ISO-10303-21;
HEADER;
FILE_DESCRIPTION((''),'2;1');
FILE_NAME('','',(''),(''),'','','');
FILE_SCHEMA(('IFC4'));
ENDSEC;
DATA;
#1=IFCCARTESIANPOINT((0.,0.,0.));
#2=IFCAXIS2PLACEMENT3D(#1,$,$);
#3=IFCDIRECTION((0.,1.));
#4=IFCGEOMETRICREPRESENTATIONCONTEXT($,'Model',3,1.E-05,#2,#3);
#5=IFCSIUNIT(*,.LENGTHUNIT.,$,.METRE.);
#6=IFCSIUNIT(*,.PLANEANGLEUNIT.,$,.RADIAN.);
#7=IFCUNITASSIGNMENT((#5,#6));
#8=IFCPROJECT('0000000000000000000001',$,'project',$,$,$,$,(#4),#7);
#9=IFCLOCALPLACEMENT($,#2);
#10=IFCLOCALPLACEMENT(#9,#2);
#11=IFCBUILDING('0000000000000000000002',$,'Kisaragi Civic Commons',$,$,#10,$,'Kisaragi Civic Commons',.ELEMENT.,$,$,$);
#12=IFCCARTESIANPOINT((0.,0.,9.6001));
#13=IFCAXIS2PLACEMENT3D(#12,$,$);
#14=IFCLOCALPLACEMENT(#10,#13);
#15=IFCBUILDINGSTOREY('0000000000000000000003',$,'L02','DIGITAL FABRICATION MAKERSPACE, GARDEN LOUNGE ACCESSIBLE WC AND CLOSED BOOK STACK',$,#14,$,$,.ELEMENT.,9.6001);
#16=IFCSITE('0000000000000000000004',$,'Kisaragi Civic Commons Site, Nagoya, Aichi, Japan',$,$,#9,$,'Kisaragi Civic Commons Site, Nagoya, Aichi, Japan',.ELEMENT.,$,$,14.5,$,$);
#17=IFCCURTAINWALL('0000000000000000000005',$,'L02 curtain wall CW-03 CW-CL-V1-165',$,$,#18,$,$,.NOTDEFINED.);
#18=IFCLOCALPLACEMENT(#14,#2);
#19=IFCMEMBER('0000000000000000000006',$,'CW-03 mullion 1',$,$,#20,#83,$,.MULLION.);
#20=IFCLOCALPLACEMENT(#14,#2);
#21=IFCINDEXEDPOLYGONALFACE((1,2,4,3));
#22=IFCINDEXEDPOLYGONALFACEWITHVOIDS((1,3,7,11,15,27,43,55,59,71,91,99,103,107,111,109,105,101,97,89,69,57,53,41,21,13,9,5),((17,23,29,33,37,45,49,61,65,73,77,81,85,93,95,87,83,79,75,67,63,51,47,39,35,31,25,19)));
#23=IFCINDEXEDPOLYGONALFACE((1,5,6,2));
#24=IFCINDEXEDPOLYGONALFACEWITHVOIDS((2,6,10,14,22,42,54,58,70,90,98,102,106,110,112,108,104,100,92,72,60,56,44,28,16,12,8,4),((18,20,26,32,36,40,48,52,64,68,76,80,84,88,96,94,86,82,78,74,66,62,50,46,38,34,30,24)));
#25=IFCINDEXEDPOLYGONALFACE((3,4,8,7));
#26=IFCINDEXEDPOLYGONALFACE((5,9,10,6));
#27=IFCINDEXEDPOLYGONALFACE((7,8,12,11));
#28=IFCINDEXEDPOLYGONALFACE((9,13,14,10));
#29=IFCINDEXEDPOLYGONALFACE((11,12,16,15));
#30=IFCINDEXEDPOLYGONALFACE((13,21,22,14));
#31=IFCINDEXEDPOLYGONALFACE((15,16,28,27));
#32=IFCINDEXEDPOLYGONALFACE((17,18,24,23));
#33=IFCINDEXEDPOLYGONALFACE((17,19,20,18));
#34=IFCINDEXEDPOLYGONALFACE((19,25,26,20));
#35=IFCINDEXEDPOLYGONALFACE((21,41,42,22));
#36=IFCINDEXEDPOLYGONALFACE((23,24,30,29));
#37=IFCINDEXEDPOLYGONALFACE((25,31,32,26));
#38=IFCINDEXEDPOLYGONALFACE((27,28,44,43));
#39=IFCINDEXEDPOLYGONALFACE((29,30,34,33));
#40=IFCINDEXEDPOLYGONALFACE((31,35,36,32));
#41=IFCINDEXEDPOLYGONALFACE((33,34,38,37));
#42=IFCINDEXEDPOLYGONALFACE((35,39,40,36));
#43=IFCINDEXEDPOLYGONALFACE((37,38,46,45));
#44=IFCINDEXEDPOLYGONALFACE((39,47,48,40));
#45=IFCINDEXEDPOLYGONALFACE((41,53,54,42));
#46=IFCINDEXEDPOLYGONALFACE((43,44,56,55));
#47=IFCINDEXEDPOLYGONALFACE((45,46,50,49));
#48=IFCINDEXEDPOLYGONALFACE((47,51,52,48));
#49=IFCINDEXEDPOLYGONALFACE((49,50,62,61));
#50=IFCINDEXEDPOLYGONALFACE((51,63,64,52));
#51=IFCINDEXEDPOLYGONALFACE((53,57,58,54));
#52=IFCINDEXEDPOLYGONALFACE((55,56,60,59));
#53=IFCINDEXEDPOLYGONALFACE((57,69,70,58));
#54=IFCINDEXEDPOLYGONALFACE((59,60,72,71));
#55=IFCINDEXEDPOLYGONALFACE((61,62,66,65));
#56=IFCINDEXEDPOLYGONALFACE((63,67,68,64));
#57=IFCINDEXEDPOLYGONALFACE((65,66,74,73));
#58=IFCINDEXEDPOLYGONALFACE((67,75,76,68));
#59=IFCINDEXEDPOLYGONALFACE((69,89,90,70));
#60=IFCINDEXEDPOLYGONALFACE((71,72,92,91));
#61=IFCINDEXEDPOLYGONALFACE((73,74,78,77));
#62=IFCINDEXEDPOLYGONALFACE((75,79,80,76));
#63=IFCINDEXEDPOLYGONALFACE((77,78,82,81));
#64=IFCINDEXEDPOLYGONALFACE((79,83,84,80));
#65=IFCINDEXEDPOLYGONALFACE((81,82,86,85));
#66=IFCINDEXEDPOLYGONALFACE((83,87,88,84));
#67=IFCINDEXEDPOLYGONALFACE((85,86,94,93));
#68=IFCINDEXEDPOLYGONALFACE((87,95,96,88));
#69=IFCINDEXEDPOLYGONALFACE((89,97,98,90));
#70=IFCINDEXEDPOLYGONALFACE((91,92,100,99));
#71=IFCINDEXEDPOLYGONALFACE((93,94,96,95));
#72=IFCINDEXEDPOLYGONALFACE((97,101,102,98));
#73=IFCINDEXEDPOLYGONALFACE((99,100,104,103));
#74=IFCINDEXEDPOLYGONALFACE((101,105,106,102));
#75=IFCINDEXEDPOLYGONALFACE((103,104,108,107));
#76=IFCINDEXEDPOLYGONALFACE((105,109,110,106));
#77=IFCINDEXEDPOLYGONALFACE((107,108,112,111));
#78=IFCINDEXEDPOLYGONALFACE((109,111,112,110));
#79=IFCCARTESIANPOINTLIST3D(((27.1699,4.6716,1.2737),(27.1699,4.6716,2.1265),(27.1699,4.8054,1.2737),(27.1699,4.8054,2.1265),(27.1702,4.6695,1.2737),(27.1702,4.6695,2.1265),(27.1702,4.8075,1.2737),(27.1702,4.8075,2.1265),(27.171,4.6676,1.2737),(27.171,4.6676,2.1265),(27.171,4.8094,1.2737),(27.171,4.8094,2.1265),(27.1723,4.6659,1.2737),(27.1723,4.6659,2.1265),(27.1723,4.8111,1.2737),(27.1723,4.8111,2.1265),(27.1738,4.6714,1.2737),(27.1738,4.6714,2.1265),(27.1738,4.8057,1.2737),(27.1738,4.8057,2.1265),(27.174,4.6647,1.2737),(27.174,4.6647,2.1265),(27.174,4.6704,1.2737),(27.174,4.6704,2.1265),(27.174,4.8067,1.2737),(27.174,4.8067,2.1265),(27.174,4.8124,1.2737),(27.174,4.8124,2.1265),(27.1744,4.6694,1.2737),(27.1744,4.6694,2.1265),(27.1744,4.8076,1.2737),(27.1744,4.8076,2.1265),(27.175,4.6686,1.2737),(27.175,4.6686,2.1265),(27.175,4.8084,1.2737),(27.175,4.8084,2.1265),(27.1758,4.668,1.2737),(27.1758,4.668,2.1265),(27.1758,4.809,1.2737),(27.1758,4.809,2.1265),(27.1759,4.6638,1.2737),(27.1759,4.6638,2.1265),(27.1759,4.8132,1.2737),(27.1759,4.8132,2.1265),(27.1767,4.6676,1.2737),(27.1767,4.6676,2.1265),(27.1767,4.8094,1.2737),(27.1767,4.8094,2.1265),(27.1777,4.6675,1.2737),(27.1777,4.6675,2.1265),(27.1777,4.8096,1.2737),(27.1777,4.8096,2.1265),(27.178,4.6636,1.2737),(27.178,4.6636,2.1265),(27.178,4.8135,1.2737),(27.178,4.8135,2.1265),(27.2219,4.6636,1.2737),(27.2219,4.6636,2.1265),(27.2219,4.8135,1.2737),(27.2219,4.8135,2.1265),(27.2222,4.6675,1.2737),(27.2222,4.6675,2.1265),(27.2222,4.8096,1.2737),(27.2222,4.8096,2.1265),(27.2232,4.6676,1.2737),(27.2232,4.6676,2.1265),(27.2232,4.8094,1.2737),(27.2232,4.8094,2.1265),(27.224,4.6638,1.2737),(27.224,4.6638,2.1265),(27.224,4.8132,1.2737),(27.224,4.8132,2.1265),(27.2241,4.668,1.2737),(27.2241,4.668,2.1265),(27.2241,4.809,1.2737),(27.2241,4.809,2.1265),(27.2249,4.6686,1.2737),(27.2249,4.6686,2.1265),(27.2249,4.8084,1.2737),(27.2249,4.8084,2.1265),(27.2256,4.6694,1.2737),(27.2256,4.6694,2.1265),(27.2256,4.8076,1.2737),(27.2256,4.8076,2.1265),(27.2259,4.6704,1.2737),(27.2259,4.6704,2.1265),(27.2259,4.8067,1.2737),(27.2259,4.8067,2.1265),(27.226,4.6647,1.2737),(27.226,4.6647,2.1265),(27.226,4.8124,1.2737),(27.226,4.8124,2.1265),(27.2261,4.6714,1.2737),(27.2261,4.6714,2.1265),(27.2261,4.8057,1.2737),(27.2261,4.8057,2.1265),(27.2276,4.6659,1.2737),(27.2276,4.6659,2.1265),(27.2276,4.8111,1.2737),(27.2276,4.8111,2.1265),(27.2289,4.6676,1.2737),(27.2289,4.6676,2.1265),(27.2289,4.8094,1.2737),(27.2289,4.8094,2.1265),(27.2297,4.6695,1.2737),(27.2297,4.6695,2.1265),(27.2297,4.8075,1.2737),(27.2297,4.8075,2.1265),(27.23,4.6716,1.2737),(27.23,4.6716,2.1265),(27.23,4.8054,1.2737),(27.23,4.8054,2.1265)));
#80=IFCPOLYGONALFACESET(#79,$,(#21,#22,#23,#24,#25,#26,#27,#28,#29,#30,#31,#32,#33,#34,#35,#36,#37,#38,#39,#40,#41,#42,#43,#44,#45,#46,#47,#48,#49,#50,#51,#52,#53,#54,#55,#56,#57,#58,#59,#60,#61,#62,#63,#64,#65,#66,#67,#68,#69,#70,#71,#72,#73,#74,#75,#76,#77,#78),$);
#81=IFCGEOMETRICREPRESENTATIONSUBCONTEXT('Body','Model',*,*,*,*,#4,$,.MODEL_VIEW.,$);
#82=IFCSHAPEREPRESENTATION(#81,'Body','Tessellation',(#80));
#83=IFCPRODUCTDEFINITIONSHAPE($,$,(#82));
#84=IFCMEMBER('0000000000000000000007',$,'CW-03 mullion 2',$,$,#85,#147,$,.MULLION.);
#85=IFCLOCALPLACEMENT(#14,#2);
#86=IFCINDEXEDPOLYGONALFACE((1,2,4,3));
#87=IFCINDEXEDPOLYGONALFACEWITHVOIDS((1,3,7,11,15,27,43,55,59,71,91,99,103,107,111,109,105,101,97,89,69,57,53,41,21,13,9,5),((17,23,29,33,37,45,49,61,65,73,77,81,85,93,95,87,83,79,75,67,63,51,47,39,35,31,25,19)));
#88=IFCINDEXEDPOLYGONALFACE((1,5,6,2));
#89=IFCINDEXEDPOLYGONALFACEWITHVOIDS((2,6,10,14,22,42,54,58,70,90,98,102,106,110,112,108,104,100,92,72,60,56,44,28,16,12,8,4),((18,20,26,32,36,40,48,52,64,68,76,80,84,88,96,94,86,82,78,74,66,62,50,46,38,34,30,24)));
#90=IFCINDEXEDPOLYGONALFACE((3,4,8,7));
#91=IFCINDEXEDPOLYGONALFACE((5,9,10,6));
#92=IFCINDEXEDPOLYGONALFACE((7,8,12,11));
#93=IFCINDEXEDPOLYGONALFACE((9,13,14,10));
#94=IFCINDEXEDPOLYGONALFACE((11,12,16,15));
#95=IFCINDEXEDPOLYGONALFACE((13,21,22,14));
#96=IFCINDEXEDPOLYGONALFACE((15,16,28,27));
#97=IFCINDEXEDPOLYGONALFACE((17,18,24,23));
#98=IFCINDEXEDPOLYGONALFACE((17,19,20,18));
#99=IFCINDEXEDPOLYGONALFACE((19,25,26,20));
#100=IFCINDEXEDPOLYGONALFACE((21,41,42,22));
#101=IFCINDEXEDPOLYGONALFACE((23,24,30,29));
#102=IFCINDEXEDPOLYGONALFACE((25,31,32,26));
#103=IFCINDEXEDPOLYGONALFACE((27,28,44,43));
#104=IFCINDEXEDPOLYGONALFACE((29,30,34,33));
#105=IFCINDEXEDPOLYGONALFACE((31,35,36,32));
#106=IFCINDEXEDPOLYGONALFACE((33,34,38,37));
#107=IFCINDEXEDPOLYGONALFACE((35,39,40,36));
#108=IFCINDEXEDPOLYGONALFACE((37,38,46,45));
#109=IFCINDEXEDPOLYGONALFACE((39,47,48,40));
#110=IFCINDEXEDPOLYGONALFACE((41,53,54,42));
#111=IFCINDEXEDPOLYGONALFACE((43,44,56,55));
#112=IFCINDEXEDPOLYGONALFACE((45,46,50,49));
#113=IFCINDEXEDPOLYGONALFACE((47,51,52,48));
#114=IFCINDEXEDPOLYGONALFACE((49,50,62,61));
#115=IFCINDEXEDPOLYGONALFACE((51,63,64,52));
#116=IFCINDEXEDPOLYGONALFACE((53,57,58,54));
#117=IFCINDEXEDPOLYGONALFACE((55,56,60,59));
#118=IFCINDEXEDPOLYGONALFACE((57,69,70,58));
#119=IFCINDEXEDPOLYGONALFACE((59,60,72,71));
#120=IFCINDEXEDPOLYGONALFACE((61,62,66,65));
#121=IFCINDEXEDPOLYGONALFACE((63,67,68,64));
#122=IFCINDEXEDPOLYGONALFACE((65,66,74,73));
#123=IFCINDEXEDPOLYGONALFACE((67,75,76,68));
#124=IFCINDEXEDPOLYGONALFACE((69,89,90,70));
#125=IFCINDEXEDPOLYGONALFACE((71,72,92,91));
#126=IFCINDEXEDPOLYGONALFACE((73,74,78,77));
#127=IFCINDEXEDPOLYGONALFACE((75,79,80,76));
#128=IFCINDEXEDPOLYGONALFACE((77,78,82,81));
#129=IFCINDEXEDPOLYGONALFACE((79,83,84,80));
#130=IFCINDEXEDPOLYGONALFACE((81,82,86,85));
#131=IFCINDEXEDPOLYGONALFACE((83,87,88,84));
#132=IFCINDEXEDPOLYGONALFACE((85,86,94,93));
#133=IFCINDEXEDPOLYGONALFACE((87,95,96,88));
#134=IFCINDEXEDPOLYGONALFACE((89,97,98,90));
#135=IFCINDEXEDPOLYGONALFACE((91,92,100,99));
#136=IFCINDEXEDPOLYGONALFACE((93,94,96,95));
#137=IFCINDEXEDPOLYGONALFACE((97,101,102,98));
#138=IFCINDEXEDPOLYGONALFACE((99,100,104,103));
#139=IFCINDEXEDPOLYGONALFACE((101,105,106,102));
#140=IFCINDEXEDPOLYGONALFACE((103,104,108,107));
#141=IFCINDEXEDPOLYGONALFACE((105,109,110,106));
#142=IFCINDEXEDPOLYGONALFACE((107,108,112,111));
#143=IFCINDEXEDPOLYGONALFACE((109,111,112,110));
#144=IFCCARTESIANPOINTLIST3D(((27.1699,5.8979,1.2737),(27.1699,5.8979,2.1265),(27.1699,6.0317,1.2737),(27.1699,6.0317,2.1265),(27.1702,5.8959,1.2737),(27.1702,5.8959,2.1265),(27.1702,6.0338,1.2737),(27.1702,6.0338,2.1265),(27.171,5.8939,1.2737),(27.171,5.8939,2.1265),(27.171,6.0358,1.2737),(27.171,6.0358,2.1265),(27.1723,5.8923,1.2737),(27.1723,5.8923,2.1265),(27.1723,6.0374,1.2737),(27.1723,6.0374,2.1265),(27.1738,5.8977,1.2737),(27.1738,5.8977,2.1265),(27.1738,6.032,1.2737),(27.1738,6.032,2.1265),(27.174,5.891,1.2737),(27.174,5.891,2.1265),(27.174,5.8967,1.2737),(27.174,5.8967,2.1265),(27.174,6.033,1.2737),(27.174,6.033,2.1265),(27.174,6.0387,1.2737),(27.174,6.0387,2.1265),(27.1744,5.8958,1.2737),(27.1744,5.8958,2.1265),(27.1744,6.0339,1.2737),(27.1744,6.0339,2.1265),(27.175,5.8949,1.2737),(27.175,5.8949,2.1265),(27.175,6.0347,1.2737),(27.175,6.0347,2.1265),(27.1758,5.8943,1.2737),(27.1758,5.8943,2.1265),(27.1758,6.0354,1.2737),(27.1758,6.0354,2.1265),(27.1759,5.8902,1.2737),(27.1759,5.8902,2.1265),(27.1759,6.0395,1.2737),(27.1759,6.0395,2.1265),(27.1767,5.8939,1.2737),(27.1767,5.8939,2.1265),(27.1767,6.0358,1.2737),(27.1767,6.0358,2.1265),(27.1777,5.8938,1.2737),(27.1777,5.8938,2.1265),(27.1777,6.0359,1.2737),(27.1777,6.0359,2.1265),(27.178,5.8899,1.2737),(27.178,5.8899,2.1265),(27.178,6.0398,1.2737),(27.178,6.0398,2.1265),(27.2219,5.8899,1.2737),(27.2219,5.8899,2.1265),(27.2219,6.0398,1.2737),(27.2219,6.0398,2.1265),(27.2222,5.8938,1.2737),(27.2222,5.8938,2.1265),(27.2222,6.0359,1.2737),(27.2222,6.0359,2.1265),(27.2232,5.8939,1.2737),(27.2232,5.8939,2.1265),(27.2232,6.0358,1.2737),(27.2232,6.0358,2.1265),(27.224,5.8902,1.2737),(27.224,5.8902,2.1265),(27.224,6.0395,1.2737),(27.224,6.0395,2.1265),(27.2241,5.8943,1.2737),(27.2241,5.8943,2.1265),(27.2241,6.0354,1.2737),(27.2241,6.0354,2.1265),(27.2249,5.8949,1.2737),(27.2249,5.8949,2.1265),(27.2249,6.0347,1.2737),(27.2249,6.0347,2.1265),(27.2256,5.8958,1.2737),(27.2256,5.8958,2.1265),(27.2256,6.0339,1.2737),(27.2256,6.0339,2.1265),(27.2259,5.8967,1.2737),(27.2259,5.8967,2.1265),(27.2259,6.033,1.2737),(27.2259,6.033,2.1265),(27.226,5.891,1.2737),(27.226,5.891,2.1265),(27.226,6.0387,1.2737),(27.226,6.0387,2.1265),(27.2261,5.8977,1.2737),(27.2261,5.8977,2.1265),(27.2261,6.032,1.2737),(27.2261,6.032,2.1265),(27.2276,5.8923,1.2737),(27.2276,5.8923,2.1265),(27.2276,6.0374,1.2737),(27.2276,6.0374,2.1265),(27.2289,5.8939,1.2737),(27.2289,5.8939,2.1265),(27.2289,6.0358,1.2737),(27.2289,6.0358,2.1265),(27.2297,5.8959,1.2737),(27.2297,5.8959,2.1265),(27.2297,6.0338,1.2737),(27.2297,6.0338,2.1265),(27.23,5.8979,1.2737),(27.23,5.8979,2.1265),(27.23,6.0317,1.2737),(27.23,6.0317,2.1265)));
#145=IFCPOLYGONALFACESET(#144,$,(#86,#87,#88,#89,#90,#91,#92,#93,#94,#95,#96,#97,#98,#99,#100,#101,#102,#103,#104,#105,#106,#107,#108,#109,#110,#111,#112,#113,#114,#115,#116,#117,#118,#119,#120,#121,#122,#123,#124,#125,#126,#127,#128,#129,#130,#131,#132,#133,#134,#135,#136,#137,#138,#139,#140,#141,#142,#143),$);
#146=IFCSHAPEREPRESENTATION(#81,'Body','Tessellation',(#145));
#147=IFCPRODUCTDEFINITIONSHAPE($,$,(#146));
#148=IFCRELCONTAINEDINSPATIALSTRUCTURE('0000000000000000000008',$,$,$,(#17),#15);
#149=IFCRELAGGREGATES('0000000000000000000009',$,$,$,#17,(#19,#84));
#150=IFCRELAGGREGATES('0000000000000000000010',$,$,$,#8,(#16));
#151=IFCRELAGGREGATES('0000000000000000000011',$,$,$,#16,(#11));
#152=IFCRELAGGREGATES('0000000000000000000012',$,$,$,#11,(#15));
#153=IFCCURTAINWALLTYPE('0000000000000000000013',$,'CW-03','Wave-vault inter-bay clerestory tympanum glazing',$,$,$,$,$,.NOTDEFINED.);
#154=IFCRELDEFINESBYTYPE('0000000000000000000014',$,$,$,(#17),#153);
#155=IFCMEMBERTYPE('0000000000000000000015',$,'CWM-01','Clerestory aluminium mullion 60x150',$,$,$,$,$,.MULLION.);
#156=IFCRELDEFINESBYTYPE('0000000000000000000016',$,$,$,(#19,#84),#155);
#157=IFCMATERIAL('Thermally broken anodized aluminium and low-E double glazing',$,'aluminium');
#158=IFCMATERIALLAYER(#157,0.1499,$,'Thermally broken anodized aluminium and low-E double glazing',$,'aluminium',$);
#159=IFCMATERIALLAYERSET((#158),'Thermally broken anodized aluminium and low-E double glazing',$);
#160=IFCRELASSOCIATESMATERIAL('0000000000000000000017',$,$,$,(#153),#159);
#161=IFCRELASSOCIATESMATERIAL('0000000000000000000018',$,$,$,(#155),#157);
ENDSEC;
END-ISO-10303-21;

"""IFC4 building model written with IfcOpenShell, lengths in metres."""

from ifc_helpers import new_model, si_unit, direction, frame, origin, origin_2d, place, context, subcontext, project, spatial, hollow_rectangle, extrude, material, layer, layer_set, material_profile, profile_set, type_object, element, aggregate, save


model = new_model("IFC4")

# Units and contexts
model_context = context("Model", 3, precision=1e-05, world=origin(), true_north=direction((0.0, 1.0)))
body_context = subcontext(model_context, "Body", "Model", "MODEL_VIEW")
ifc_project = project(units=[si_unit("LENGTHUNIT", "METRE"), si_unit("PLANEANGLEUNIT", "RADIAN")], contexts=[model_context])

# Site, building, storey
site_placement = place(None, origin())
site = spatial("IfcSite", under=ifc_project, at=site_placement, Name="Kisaragi Civic Commons Site, Nagoya, Aichi, Japan", LongName="Kisaragi Civic Commons Site, Nagoya, Aichi, Japan", CompositionType="ELEMENT", RefElevation=14.5)
building_placement = place(site_placement, origin())
building = spatial("IfcBuilding", under=site, at=building_placement, Name="Kisaragi Civic Commons", LongName="Kisaragi Civic Commons", CompositionType="ELEMENT")
storey_placement = place(building_placement, frame((0.0, 0.0, 9.6001)))
storey = spatial("IfcBuildingStorey", under=building, at=storey_placement, Name="L02", Description="DIGITAL FABRICATION MAKERSPACE, GARDEN LOUNGE ACCESSIBLE WC AND CLOSED BOOK STACK", CompositionType="ELEMENT", Elevation=9.6001)

# Curtain wall, members
ifc_material_1 = material(Name="Thermally broken anodized aluminium and low-E double glazing", Category="aluminium")
ifc_layer_1 = layer(ifc_material_1, 0.1499, Name="Thermally broken anodized aluminium and low-E double glazing", Category="aluminium")
ifc_layer_set_1 = layer_set([ifc_layer_1], Name="Thermally broken anodized aluminium and low-E double glazing")
curtain_wall_type = type_object("IfcCurtainWallType", Name="CW-03", Description="Wave-vault inter-bay clerestory tympanum glazing", PredefinedType="NOTDEFINED", material=ifc_layer_set_1)
ifc_material_profile_1 = material_profile(ifc_material_1, hollow_rectangle(XDim=0.0601, YDim=0.1499, WallThickness=0.0039, InnerFilletRadius=0.0039, OuterFilletRadius=0.0081, at=origin_2d()), Name="CWM-60x150x4", Category="aluminium")
ifc_profile_set_1 = profile_set([ifc_material_profile_1], Name="Thermally broken anodized aluminium and low-E double glazing")
member_type_1 = type_object("IfcMemberType", Name="CWM-01", Description="Clerestory aluminium mullion 60x150", PredefinedType="MULLION", material=ifc_profile_set_1)
curtain_wall_1_placement = place(storey_placement, origin())
curtain_wall_1 = element("IfcCurtainWall", 1, at=curtain_wall_1_placement, inside=storey, type_object=curtain_wall_type, Name="L02 curtain wall CW-03 CW-CL-V1-165", PredefinedType="NOTDEFINED")
member_1_placement = place(storey_placement, frame((27.2, 4.7385, 1.2737), z_axis=(0.0, 0.0, 1.0), x_axis=(-1.0, 0.0, 0.0)))
member_1 = element("IfcMember", 2, at=member_1_placement, type_object=member_type_1, Name="CW-03 mullion 1", PredefinedType="MULLION", context=body_context, shape_type="SweptSolid", body=[
    extrude(hollow_rectangle(XDim=0.0601, YDim=0.1499, WallThickness=0.0039, InnerFilletRadius=0.0039, OuterFilletRadius=0.0081, at=origin_2d()), origin(), (0.0, 0.0, 1.0), 0.8528),
])
member_2_placement = place(storey_placement, frame((27.2, 5.9648, 1.2737), z_axis=(0.0, 0.0, 1.0), x_axis=(-1.0, 0.0, 0.0)))
member_2 = element("IfcMember", 3, at=member_2_placement, type_object=member_type_1, Name="CW-03 mullion 2", PredefinedType="MULLION", context=body_context, shape_type="SweptSolid", body=[
    extrude(hollow_rectangle(XDim=0.0601, YDim=0.1499, WallThickness=0.0039, InnerFilletRadius=0.0039, OuterFilletRadius=0.0081, at=origin_2d()), origin(), (0.0, 0.0, 1.0), 0.8528),
])

aggregate(curtain_wall_1, [member_1, member_2])

save(model, "model.ifc")
